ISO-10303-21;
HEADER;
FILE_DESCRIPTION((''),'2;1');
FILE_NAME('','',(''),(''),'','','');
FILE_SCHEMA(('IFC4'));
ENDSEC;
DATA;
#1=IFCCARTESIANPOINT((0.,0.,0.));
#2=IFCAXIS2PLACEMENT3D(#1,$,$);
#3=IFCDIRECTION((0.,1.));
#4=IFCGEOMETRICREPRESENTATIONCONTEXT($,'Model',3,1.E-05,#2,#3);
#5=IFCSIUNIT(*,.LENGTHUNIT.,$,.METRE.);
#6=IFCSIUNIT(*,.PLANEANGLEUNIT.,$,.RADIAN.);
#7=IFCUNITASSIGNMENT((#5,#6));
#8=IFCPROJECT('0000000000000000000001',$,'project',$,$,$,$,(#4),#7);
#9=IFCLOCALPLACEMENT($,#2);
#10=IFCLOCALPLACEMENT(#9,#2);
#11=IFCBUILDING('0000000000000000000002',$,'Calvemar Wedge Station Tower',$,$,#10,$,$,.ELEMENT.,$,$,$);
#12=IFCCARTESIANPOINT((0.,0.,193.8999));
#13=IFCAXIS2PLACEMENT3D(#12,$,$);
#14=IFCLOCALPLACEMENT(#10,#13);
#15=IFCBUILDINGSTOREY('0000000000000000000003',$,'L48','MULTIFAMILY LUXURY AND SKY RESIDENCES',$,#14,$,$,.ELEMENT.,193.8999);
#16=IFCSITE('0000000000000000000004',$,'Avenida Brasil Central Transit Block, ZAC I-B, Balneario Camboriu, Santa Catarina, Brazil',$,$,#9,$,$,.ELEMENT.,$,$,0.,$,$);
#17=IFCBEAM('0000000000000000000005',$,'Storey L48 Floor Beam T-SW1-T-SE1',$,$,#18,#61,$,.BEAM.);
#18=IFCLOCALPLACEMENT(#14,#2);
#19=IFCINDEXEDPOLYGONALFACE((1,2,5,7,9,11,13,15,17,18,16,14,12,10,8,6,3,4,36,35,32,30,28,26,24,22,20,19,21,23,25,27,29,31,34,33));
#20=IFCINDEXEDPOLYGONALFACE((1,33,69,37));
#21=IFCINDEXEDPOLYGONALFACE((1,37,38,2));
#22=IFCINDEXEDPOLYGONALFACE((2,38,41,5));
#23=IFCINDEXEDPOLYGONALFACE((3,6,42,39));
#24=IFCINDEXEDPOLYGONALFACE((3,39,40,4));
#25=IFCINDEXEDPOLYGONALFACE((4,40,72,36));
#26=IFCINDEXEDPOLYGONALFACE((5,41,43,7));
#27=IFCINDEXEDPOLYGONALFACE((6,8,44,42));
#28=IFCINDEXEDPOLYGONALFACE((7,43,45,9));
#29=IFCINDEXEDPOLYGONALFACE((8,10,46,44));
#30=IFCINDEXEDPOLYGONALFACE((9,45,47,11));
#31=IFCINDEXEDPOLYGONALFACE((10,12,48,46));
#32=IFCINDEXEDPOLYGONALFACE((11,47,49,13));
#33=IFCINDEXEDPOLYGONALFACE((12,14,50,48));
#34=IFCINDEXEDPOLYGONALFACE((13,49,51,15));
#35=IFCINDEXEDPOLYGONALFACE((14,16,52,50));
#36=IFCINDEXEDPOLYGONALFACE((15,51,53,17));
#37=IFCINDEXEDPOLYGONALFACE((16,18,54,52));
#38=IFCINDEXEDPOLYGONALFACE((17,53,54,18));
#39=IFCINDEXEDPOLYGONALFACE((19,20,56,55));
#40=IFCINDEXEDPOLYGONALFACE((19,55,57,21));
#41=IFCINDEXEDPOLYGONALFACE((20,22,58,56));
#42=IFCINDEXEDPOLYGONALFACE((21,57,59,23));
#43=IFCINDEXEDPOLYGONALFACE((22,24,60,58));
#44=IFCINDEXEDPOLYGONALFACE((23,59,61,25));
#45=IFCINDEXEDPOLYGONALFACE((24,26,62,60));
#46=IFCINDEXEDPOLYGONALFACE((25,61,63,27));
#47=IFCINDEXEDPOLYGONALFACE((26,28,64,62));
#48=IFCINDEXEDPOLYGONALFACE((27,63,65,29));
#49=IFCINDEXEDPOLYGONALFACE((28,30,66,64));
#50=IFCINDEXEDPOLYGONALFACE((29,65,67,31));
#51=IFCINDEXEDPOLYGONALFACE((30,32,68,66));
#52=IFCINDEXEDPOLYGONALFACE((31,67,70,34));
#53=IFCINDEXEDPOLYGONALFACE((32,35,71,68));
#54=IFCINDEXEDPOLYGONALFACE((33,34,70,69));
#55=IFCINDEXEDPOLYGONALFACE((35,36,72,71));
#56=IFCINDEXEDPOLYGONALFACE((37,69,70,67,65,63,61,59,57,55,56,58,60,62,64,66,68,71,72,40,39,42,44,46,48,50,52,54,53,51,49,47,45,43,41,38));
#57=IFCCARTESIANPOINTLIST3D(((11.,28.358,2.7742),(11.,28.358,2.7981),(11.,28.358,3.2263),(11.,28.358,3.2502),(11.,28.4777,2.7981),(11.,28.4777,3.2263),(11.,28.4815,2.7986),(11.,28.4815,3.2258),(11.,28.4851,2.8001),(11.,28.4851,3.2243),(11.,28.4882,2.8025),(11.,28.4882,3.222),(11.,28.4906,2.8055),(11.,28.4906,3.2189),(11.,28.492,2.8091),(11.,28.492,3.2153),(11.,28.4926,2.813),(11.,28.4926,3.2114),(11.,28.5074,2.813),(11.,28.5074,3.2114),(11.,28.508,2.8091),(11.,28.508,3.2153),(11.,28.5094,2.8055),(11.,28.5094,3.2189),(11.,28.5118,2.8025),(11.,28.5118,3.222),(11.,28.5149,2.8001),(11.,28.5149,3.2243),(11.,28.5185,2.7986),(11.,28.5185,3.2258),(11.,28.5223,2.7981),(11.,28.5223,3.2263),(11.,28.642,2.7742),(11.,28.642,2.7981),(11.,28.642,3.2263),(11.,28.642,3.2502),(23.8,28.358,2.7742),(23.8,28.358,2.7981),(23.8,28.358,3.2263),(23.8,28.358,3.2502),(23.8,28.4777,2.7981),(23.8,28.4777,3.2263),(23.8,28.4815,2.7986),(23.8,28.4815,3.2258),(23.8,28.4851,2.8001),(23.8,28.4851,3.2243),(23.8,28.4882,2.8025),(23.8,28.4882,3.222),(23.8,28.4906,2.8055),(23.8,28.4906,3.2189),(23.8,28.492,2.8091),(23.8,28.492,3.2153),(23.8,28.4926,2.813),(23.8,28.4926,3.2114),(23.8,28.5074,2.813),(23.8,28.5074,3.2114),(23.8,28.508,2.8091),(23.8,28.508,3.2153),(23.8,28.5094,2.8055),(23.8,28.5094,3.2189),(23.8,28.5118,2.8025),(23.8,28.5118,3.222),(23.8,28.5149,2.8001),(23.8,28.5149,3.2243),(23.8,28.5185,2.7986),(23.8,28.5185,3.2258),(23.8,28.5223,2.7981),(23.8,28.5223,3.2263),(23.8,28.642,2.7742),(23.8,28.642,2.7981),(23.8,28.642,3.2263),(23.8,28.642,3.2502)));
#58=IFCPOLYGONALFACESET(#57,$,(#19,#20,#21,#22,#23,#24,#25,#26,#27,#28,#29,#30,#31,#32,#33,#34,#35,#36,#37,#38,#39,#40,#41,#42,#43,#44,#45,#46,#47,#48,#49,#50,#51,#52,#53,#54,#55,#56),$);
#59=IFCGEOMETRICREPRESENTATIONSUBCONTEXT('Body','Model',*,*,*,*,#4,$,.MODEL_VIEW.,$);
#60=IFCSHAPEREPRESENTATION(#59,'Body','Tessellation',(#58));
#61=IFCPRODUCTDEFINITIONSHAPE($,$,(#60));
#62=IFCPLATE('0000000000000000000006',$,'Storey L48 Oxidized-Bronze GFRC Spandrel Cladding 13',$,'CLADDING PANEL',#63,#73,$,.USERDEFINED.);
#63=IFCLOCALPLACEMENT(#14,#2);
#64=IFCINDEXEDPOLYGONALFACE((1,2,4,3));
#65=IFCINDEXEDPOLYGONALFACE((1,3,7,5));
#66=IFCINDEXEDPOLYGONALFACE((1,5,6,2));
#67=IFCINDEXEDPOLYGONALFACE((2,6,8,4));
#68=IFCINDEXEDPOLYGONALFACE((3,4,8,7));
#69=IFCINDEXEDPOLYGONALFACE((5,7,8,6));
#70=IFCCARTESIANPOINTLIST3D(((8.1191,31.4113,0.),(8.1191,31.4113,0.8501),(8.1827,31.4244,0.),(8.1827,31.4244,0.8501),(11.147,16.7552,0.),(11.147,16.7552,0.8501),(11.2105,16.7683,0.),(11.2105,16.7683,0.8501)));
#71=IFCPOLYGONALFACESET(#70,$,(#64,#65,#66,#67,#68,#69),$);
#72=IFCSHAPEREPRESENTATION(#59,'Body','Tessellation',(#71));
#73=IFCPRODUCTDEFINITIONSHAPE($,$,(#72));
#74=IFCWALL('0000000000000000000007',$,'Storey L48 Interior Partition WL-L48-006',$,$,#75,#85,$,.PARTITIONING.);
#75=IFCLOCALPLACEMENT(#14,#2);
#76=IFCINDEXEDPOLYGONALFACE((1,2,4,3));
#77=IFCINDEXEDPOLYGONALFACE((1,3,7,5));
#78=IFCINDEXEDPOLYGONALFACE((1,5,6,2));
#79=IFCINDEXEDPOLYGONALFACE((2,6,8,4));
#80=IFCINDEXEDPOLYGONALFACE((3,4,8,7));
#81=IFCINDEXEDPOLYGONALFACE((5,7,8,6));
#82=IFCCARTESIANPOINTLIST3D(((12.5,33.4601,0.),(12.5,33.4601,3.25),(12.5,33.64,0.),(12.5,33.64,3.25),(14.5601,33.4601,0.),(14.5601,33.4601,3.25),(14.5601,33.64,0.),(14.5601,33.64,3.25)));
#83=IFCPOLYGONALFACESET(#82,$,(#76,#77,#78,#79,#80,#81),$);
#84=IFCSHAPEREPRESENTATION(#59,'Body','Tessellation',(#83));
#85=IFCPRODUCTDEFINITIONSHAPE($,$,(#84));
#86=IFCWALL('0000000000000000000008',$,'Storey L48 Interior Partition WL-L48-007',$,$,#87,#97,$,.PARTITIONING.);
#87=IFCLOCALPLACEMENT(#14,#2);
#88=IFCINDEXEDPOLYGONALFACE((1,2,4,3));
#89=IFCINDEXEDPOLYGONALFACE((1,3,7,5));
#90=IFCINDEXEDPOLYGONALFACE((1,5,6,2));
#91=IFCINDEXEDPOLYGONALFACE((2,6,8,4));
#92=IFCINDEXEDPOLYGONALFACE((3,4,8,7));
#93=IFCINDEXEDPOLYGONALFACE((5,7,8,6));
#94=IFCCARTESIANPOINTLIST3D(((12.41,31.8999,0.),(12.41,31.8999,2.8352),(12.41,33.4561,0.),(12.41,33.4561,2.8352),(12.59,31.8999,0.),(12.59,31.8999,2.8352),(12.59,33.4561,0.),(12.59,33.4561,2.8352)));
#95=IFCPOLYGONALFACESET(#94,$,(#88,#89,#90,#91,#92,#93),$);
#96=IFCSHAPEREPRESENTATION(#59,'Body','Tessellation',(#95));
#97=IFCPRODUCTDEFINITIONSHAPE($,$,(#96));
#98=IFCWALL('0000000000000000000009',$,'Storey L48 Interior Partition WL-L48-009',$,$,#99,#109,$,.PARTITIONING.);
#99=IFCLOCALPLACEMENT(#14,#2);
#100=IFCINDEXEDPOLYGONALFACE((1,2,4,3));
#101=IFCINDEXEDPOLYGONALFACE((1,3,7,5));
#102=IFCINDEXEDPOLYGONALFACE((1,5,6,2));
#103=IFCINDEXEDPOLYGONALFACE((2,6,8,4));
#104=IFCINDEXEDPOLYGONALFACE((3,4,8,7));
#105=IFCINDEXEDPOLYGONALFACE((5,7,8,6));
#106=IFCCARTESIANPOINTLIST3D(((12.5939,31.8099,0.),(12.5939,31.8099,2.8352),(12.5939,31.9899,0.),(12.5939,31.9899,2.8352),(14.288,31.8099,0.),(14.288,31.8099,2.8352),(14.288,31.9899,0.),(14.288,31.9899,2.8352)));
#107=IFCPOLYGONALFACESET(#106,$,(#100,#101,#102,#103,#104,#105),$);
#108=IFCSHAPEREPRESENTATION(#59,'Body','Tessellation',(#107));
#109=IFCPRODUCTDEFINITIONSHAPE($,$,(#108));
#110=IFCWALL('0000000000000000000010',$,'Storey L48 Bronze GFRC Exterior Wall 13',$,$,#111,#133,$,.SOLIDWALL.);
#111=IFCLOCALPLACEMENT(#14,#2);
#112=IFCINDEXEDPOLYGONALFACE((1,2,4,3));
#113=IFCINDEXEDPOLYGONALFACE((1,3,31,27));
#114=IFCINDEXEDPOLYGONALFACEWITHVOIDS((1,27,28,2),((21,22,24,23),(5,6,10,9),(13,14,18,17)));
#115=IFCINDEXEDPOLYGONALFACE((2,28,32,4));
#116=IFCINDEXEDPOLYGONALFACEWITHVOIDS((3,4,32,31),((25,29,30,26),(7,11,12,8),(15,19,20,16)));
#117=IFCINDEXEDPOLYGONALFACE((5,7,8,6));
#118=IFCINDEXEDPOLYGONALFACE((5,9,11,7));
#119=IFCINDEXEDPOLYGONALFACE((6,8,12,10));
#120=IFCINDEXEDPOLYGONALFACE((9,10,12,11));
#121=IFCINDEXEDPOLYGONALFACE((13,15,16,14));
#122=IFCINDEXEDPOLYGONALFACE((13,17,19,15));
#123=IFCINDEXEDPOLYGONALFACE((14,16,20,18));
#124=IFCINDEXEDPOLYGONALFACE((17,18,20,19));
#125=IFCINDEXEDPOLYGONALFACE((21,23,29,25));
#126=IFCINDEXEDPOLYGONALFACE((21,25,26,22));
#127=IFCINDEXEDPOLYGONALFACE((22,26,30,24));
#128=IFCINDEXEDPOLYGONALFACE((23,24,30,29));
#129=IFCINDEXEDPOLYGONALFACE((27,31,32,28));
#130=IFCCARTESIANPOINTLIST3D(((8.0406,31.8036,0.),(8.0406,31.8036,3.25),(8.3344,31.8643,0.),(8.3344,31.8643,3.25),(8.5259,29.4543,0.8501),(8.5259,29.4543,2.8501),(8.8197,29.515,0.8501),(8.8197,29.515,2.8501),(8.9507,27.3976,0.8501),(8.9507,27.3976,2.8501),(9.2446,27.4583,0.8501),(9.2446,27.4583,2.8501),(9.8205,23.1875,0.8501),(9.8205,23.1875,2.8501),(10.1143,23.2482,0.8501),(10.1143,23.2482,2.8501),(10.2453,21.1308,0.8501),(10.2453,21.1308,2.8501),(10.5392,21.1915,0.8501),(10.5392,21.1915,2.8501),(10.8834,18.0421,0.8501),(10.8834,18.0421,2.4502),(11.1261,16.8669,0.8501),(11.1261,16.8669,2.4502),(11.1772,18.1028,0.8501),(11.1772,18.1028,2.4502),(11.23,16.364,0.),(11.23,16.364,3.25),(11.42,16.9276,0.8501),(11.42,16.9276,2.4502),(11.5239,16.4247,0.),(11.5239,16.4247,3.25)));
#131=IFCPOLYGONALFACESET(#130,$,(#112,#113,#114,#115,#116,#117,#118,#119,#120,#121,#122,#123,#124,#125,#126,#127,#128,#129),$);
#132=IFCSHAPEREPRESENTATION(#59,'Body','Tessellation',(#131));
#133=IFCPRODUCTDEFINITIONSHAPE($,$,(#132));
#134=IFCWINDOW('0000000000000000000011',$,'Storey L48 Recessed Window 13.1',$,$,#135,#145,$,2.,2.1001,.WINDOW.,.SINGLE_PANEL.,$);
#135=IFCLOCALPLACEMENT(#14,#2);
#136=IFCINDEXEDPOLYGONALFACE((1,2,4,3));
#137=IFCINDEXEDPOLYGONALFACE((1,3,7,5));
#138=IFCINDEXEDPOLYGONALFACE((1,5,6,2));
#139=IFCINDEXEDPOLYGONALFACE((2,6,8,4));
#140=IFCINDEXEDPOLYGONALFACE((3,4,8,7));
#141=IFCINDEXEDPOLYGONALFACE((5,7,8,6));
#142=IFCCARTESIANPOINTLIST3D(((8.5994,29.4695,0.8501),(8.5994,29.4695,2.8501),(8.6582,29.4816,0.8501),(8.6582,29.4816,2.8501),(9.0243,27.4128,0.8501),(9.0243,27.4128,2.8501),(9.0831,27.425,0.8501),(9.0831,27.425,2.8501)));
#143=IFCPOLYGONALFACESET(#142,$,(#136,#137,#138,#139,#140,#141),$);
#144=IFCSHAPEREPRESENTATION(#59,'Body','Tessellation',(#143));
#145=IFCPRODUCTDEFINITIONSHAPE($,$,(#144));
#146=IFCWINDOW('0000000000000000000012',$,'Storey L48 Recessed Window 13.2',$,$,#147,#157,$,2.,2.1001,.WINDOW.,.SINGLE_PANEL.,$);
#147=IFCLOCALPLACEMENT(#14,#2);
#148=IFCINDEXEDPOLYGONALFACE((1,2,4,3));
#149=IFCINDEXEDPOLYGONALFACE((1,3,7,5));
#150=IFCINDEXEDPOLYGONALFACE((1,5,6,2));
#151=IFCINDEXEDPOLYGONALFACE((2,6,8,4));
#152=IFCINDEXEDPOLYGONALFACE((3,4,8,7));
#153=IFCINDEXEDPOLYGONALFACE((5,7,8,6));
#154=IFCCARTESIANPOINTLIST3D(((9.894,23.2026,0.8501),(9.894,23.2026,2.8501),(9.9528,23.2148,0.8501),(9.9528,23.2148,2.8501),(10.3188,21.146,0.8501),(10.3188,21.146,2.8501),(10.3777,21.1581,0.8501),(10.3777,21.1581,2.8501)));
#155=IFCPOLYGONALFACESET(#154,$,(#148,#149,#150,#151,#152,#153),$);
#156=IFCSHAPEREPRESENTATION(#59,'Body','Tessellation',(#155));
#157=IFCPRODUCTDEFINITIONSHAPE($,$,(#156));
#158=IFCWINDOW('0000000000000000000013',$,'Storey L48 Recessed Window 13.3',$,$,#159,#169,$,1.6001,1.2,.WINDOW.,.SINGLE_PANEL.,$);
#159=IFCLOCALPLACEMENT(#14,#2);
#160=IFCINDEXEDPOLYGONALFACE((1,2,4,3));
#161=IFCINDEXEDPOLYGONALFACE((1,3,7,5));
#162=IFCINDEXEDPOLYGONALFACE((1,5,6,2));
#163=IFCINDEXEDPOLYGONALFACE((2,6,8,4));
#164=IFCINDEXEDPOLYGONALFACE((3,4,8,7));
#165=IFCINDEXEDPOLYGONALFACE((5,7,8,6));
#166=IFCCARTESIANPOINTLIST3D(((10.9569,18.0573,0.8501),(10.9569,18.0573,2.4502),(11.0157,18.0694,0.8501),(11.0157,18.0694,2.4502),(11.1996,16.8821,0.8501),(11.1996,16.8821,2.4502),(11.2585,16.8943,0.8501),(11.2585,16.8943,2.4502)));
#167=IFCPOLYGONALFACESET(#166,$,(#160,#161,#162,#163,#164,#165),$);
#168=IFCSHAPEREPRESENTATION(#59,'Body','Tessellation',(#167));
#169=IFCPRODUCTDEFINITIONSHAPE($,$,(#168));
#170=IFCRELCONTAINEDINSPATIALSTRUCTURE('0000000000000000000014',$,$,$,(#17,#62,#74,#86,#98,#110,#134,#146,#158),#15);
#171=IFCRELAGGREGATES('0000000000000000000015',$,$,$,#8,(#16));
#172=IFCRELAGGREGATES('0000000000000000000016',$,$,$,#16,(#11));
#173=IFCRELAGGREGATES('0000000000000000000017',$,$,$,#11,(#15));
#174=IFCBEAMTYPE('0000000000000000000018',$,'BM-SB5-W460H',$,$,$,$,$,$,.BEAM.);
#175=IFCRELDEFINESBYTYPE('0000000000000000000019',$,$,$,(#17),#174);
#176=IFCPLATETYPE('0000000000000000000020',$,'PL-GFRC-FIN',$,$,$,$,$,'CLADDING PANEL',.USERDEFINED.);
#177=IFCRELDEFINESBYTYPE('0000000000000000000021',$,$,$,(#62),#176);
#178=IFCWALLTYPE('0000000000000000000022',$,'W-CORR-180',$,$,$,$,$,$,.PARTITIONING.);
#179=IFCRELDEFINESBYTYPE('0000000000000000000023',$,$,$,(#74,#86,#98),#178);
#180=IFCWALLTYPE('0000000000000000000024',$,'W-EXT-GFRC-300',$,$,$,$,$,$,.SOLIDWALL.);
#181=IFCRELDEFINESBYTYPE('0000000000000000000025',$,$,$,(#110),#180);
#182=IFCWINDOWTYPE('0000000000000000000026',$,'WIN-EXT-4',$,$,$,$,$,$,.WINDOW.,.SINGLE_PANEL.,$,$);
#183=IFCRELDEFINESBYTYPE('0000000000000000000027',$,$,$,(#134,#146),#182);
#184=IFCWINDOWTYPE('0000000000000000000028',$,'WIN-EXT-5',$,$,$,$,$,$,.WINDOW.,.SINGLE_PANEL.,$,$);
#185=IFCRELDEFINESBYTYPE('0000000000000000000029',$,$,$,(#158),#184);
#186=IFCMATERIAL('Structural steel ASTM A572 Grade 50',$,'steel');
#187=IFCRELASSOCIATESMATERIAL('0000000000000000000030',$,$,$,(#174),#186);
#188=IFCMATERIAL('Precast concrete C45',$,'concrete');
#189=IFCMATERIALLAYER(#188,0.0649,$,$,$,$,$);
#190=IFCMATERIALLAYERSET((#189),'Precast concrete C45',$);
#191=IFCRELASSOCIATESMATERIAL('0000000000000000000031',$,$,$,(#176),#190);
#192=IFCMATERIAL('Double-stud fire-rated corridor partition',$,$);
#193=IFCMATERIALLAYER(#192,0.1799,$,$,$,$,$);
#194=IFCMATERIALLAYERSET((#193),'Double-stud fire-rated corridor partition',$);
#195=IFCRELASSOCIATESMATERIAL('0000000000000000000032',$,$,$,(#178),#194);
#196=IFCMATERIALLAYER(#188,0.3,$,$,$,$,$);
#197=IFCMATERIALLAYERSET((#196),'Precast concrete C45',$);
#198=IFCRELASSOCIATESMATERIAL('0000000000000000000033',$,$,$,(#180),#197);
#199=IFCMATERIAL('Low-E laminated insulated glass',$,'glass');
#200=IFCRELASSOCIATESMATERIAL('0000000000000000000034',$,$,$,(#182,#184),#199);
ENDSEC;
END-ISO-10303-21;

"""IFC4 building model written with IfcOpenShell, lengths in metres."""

from ifc_helpers import new_model, si_unit, direction, frame, frame_2d, origin, origin_2d, place, context, subcontext, project, spatial, rectangle, i_section, extrude, source, transform, mapped, material, layer, layer_set, material_profile, profile_set, type_object, element, fill, save


model = new_model("IFC4")

# Units and contexts
model_context = context("Model", 3, precision=1e-05, world=origin(), true_north=direction((0.0, 1.0)))
body_context = subcontext(model_context, "Body", "Model", "MODEL_VIEW")
ifc_project = project(units=[si_unit("LENGTHUNIT", "METRE"), si_unit("PLANEANGLEUNIT", "RADIAN")], contexts=[model_context])

# Site, building, storey
site_placement = place(None, origin())
site = spatial("IfcSite", under=ifc_project, at=site_placement, Name="Avenida Brasil Central Transit Block, ZAC I-B, Balneario Camboriu, Santa Catarina, Brazil", CompositionType="ELEMENT", RefElevation=0.0)
building_placement = place(site_placement, origin())
building = spatial("IfcBuilding", under=site, at=building_placement, Name="Calvemar Wedge Station Tower", CompositionType="ELEMENT")
storey_placement = place(building_placement, frame((0.0, 0.0, 193.8999)))
storey = spatial("IfcBuildingStorey", under=building, at=storey_placement, Name="L48", Description="MULTIFAMILY LUXURY AND SKY RESIDENCES", CompositionType="ELEMENT", Elevation=193.8999)

# Beam
ifc_material_1 = material(Name="Structural steel ASTM A572 Grade 50", Category="steel")
ifc_material_profile_1 = material_profile(ifc_material_1, i_section(OverallWidth=0.2839, OverallDepth=0.4761, WebThickness=0.0149, FlangeThickness=0.0239, FilletRadius=0.0149, at=origin_2d()), Name="W460x158")
ifc_profile_set_1 = profile_set([ifc_material_profile_1], Name="Structural steel ASTM A572 Grade 50")
beam_type_1 = type_object("IfcBeamType", Name="BM-SB5-W460H", PredefinedType="BEAM", material=ifc_profile_set_1)
shared_shape_1 = source(origin(), body_context, "Body", "SweptSolid", [
    extrude(i_section(OverallWidth=0.2839, OverallDepth=0.4761, WebThickness=0.0149, FlangeThickness=0.0239, FilletRadius=0.0149, at=origin_2d()), origin(), (0.0, 0.0, 1.0), 12.8),
])
beam_1_placement = place(storey_placement, frame((11.0, 28.5, 3.0122), z_axis=(1.0, 0.0, 0.0), x_axis=(0.0, 1.0, 0.0)))
element("IfcBeam", 1, at=beam_1_placement, inside=storey, type_object=beam_type_1, Name="Storey L48 Floor Beam T-SW1-T-SE1", PredefinedType="BEAM", context=body_context, shape_type="MappedRepresentation", body=[
    mapped(shared_shape_1, transform((0.0, 0.0, 0.0), scale=1.0)),
])

# Plate
ifc_material_2 = material(Name="Precast concrete C45", Category="concrete")
ifc_layer_1 = layer(ifc_material_2, 0.0649)
ifc_layer_set_1 = layer_set([ifc_layer_1], Name="Precast concrete C45")
plate_type = type_object("IfcPlateType", Name="PL-GFRC-FIN", ElementType="CLADDING PANEL", PredefinedType="USERDEFINED", material=ifc_layer_set_1)
plate_placement = place(storey_placement, frame((8.1509, 31.418, 0.0), z_axis=(0.0, 0.0, 1.0), x_axis=(0.202321, -0.979319, 0.0)))
element("IfcPlate", 2, at=plate_placement, inside=storey, type_object=plate_type, Name="Storey L48 Oxidized-Bronze GFRC Spandrel Cladding 13", ObjectType="CLADDING PANEL", PredefinedType="USERDEFINED", context=body_context, shape_type="SweptSolid", body=[
    extrude(rectangle(XDim=14.9656, YDim=0.0649, at=frame_2d((7.4829, 0.0))), origin(), (0.0, 0.0, 1.0), 0.8501),
])

# Walls
ifc_material_3 = material(Name="Double-stud fire-rated corridor partition")
ifc_layer_2 = layer(ifc_material_3, 0.1799)
ifc_layer_set_2 = layer_set([ifc_layer_2], Name="Double-stud fire-rated corridor partition")
wall_type_1 = type_object("IfcWallType", Name="W-CORR-180", PredefinedType="PARTITIONING", material=ifc_layer_set_2)
wall_1_placement = place(storey_placement, frame((12.5, 33.55, 0.0), z_axis=(0.0, 0.0, 1.0), x_axis=(1.0, 0.0, 0.0)))
element("IfcWall", 3, at=wall_1_placement, inside=storey, type_object=wall_type_1, Name="Storey L48 Interior Partition WL-L48-006", PredefinedType="PARTITIONING", context=body_context, shape_type="SweptSolid", body=[
    extrude(rectangle(XDim=2.0601, YDim=0.1799, at=frame_2d((1.03, 0.0))), origin(), (0.0, 0.0, 1.0), 3.25),
])
wall_2_placement = place(storey_placement, frame((12.5, 31.8999, 0.0), z_axis=(0.0, 0.0, 1.0), x_axis=(0.0, 1.0, 0.0)))
element("IfcWall", 4, at=wall_2_placement, inside=storey, type_object=wall_type_1, Name="Storey L48 Interior Partition WL-L48-007", PredefinedType="PARTITIONING", context=body_context, shape_type="SweptSolid", body=[
    extrude(rectangle(XDim=1.5562, YDim=0.1799, at=frame_2d((0.7781, 0.0))), origin(), (0.0, 0.0, 1.0), 2.8352),
])
wall_3_placement = place(storey_placement, frame((14.2881, 31.8999, 0.0), z_axis=(0.0, 0.0, 1.0), x_axis=(-1.0, 0.0, 0.0)))
element("IfcWall", 5, at=wall_3_placement, inside=storey, type_object=wall_type_1, Name="Storey L48 Interior Partition WL-L48-009", PredefinedType="PARTITIONING", context=body_context, shape_type="SweptSolid", body=[
    extrude(rectangle(XDim=1.6941, YDim=0.1799, at=frame_2d((0.8472, 0.0))), origin(), (0.0, 0.0, 1.0), 2.8352),
])

# Wall, openings, windows
ifc_layer_3 = layer(ifc_material_2, 0.3)
ifc_layer_set_3 = layer_set([ifc_layer_3], Name="Precast concrete C45")
wall_type_2 = type_object("IfcWallType", Name="W-EXT-GFRC-300", PredefinedType="SOLIDWALL", material=ifc_layer_set_3)
wall_4_placement = place(storey_placement, frame((8.1875, 31.834, 0.0), z_axis=(0.0, 0.0, 1.0), x_axis=(0.202303, -0.979323, 0.0)))
wall_4 = element("IfcWall", 6, at=wall_4_placement, inside=storey, type_object=wall_type_2, Name="Storey L48 Bronze GFRC Exterior Wall 13", PredefinedType="SOLIDWALL", context=body_context, shape_type="SweptSolid", body=[
    extrude(rectangle(XDim=15.7656, YDim=0.3, at=frame_2d((7.8828, 0.0))), origin(), (0.0, 0.0, 1.0), 3.25),
])
shared_shape_2 = source(origin(), body_context, "Body", "SweptSolid", [
    extrude(rectangle(XDim=2.1001, YDim=2.0, at=frame_2d((1.05, 1.0))), frame((0.0, 0.1602, 0.0), z_axis=(0.0, -1.0, 0.0), x_axis=(1.0, 0.0, 0.0)), (0.0, 0.0, 1.0), 0.3201),
])
opening_1_placement = place(wall_4_placement, frame((2.3989, 0.0, 0.8501)))
opening_1 = element("IfcOpeningElement", 7, at=opening_1_placement, cuts=wall_4, PredefinedType="OPENING", context=body_context, shape_type="MappedRepresentation", body=[
    mapped(shared_shape_2, transform((0.0, 0.0, 0.0), scale=1.0)),
])
opening_2_placement = place(wall_4_placement, frame((8.7981, 0.0, 0.8501)))
opening_2 = element("IfcOpeningElement", 8, at=opening_2_placement, cuts=wall_4, PredefinedType="OPENING", context=body_context, shape_type="MappedRepresentation", body=[
    mapped(shared_shape_2, transform((0.0, 0.0, 0.0), scale=1.0)),
])
shared_shape_3 = source(origin(), body_context, "Body", "SweptSolid", [
    extrude(rectangle(XDim=1.2, YDim=1.6001, at=frame_2d((0.6001, 0.8))), frame((0.0, 0.1602, 0.0), z_axis=(0.0, -1.0, 0.0), x_axis=(1.0, 0.0, 0.0)), (0.0, 0.0, 1.0), 0.3201),
])
opening_3_placement = place(wall_4_placement, frame((14.052, 0.0, 0.8501)))
opening_3 = element("IfcOpeningElement", 9, at=opening_3_placement, cuts=wall_4, PredefinedType="OPENING", context=body_context, shape_type="MappedRepresentation", body=[
    mapped(shared_shape_3, transform((0.0, 0.0, 0.0), scale=1.0)),
])
ifc_material_4 = material(Name="Low-E laminated insulated glass", Category="glass")
window_type_1 = type_object("IfcWindowType", Name="WIN-EXT-4", PartitioningType="SINGLE_PANEL", PredefinedType="WINDOW", material=ifc_material_4)
shared_shape_4 = source(origin(), body_context, "Body", "SweptSolid", [
    extrude(rectangle(XDim=2.1001, YDim=2.0, at=frame_2d((1.05, 1.0))), frame((0.0, -0.0149, 0.0), z_axis=(0.0, -1.0, 0.0), x_axis=(1.0, 0.0, 0.0)), (0.0, 0.0, 1.0), 0.0601),
])
window_1_placement = place(opening_1_placement, origin())
window_1 = element("IfcWindow", 10, at=window_1_placement, inside=storey, type_object=window_type_1, Name="Storey L48 Recessed Window 13.1", OverallHeight=2.0, OverallWidth=2.1001, PartitioningType="SINGLE_PANEL", PredefinedType="WINDOW", context=body_context, shape_type="MappedRepresentation", body=[
    mapped(shared_shape_4, transform((0.0, 0.0, 0.0), scale=1.0)),
])
fill(opening_1, window_1)
window_2_placement = place(opening_2_placement, origin())
window_2 = element("IfcWindow", 11, at=window_2_placement, inside=storey, type_object=window_type_1, Name="Storey L48 Recessed Window 13.2", OverallHeight=2.0, OverallWidth=2.1001, PartitioningType="SINGLE_PANEL", PredefinedType="WINDOW", context=body_context, shape_type="MappedRepresentation", body=[
    mapped(shared_shape_4, transform((0.0, 0.0, 0.0), scale=1.0)),
])
fill(opening_2, window_2)
window_type_2 = type_object("IfcWindowType", Name="WIN-EXT-5", PartitioningType="SINGLE_PANEL", PredefinedType="WINDOW", material=ifc_material_4)
shared_shape_5 = source(origin(), body_context, "Body", "SweptSolid", [
    extrude(rectangle(XDim=1.2, YDim=1.6001, at=frame_2d((0.6001, 0.8))), frame((0.0, -0.0149, 0.0), z_axis=(0.0, -1.0, 0.0), x_axis=(1.0, 0.0, 0.0)), (0.0, 0.0, 1.0), 0.0601),
])
window_3_placement = place(opening_3_placement, origin())
window_3 = element("IfcWindow", 12, at=window_3_placement, inside=storey, type_object=window_type_2, Name="Storey L48 Recessed Window 13.3", OverallHeight=1.6001, OverallWidth=1.2, PartitioningType="SINGLE_PANEL", PredefinedType="WINDOW", context=body_context, shape_type="MappedRepresentation", body=[
    mapped(shared_shape_5, transform((0.0, 0.0, 0.0), scale=1.0)),
])
fill(opening_3, window_3)

save(model, "model.ifc")
